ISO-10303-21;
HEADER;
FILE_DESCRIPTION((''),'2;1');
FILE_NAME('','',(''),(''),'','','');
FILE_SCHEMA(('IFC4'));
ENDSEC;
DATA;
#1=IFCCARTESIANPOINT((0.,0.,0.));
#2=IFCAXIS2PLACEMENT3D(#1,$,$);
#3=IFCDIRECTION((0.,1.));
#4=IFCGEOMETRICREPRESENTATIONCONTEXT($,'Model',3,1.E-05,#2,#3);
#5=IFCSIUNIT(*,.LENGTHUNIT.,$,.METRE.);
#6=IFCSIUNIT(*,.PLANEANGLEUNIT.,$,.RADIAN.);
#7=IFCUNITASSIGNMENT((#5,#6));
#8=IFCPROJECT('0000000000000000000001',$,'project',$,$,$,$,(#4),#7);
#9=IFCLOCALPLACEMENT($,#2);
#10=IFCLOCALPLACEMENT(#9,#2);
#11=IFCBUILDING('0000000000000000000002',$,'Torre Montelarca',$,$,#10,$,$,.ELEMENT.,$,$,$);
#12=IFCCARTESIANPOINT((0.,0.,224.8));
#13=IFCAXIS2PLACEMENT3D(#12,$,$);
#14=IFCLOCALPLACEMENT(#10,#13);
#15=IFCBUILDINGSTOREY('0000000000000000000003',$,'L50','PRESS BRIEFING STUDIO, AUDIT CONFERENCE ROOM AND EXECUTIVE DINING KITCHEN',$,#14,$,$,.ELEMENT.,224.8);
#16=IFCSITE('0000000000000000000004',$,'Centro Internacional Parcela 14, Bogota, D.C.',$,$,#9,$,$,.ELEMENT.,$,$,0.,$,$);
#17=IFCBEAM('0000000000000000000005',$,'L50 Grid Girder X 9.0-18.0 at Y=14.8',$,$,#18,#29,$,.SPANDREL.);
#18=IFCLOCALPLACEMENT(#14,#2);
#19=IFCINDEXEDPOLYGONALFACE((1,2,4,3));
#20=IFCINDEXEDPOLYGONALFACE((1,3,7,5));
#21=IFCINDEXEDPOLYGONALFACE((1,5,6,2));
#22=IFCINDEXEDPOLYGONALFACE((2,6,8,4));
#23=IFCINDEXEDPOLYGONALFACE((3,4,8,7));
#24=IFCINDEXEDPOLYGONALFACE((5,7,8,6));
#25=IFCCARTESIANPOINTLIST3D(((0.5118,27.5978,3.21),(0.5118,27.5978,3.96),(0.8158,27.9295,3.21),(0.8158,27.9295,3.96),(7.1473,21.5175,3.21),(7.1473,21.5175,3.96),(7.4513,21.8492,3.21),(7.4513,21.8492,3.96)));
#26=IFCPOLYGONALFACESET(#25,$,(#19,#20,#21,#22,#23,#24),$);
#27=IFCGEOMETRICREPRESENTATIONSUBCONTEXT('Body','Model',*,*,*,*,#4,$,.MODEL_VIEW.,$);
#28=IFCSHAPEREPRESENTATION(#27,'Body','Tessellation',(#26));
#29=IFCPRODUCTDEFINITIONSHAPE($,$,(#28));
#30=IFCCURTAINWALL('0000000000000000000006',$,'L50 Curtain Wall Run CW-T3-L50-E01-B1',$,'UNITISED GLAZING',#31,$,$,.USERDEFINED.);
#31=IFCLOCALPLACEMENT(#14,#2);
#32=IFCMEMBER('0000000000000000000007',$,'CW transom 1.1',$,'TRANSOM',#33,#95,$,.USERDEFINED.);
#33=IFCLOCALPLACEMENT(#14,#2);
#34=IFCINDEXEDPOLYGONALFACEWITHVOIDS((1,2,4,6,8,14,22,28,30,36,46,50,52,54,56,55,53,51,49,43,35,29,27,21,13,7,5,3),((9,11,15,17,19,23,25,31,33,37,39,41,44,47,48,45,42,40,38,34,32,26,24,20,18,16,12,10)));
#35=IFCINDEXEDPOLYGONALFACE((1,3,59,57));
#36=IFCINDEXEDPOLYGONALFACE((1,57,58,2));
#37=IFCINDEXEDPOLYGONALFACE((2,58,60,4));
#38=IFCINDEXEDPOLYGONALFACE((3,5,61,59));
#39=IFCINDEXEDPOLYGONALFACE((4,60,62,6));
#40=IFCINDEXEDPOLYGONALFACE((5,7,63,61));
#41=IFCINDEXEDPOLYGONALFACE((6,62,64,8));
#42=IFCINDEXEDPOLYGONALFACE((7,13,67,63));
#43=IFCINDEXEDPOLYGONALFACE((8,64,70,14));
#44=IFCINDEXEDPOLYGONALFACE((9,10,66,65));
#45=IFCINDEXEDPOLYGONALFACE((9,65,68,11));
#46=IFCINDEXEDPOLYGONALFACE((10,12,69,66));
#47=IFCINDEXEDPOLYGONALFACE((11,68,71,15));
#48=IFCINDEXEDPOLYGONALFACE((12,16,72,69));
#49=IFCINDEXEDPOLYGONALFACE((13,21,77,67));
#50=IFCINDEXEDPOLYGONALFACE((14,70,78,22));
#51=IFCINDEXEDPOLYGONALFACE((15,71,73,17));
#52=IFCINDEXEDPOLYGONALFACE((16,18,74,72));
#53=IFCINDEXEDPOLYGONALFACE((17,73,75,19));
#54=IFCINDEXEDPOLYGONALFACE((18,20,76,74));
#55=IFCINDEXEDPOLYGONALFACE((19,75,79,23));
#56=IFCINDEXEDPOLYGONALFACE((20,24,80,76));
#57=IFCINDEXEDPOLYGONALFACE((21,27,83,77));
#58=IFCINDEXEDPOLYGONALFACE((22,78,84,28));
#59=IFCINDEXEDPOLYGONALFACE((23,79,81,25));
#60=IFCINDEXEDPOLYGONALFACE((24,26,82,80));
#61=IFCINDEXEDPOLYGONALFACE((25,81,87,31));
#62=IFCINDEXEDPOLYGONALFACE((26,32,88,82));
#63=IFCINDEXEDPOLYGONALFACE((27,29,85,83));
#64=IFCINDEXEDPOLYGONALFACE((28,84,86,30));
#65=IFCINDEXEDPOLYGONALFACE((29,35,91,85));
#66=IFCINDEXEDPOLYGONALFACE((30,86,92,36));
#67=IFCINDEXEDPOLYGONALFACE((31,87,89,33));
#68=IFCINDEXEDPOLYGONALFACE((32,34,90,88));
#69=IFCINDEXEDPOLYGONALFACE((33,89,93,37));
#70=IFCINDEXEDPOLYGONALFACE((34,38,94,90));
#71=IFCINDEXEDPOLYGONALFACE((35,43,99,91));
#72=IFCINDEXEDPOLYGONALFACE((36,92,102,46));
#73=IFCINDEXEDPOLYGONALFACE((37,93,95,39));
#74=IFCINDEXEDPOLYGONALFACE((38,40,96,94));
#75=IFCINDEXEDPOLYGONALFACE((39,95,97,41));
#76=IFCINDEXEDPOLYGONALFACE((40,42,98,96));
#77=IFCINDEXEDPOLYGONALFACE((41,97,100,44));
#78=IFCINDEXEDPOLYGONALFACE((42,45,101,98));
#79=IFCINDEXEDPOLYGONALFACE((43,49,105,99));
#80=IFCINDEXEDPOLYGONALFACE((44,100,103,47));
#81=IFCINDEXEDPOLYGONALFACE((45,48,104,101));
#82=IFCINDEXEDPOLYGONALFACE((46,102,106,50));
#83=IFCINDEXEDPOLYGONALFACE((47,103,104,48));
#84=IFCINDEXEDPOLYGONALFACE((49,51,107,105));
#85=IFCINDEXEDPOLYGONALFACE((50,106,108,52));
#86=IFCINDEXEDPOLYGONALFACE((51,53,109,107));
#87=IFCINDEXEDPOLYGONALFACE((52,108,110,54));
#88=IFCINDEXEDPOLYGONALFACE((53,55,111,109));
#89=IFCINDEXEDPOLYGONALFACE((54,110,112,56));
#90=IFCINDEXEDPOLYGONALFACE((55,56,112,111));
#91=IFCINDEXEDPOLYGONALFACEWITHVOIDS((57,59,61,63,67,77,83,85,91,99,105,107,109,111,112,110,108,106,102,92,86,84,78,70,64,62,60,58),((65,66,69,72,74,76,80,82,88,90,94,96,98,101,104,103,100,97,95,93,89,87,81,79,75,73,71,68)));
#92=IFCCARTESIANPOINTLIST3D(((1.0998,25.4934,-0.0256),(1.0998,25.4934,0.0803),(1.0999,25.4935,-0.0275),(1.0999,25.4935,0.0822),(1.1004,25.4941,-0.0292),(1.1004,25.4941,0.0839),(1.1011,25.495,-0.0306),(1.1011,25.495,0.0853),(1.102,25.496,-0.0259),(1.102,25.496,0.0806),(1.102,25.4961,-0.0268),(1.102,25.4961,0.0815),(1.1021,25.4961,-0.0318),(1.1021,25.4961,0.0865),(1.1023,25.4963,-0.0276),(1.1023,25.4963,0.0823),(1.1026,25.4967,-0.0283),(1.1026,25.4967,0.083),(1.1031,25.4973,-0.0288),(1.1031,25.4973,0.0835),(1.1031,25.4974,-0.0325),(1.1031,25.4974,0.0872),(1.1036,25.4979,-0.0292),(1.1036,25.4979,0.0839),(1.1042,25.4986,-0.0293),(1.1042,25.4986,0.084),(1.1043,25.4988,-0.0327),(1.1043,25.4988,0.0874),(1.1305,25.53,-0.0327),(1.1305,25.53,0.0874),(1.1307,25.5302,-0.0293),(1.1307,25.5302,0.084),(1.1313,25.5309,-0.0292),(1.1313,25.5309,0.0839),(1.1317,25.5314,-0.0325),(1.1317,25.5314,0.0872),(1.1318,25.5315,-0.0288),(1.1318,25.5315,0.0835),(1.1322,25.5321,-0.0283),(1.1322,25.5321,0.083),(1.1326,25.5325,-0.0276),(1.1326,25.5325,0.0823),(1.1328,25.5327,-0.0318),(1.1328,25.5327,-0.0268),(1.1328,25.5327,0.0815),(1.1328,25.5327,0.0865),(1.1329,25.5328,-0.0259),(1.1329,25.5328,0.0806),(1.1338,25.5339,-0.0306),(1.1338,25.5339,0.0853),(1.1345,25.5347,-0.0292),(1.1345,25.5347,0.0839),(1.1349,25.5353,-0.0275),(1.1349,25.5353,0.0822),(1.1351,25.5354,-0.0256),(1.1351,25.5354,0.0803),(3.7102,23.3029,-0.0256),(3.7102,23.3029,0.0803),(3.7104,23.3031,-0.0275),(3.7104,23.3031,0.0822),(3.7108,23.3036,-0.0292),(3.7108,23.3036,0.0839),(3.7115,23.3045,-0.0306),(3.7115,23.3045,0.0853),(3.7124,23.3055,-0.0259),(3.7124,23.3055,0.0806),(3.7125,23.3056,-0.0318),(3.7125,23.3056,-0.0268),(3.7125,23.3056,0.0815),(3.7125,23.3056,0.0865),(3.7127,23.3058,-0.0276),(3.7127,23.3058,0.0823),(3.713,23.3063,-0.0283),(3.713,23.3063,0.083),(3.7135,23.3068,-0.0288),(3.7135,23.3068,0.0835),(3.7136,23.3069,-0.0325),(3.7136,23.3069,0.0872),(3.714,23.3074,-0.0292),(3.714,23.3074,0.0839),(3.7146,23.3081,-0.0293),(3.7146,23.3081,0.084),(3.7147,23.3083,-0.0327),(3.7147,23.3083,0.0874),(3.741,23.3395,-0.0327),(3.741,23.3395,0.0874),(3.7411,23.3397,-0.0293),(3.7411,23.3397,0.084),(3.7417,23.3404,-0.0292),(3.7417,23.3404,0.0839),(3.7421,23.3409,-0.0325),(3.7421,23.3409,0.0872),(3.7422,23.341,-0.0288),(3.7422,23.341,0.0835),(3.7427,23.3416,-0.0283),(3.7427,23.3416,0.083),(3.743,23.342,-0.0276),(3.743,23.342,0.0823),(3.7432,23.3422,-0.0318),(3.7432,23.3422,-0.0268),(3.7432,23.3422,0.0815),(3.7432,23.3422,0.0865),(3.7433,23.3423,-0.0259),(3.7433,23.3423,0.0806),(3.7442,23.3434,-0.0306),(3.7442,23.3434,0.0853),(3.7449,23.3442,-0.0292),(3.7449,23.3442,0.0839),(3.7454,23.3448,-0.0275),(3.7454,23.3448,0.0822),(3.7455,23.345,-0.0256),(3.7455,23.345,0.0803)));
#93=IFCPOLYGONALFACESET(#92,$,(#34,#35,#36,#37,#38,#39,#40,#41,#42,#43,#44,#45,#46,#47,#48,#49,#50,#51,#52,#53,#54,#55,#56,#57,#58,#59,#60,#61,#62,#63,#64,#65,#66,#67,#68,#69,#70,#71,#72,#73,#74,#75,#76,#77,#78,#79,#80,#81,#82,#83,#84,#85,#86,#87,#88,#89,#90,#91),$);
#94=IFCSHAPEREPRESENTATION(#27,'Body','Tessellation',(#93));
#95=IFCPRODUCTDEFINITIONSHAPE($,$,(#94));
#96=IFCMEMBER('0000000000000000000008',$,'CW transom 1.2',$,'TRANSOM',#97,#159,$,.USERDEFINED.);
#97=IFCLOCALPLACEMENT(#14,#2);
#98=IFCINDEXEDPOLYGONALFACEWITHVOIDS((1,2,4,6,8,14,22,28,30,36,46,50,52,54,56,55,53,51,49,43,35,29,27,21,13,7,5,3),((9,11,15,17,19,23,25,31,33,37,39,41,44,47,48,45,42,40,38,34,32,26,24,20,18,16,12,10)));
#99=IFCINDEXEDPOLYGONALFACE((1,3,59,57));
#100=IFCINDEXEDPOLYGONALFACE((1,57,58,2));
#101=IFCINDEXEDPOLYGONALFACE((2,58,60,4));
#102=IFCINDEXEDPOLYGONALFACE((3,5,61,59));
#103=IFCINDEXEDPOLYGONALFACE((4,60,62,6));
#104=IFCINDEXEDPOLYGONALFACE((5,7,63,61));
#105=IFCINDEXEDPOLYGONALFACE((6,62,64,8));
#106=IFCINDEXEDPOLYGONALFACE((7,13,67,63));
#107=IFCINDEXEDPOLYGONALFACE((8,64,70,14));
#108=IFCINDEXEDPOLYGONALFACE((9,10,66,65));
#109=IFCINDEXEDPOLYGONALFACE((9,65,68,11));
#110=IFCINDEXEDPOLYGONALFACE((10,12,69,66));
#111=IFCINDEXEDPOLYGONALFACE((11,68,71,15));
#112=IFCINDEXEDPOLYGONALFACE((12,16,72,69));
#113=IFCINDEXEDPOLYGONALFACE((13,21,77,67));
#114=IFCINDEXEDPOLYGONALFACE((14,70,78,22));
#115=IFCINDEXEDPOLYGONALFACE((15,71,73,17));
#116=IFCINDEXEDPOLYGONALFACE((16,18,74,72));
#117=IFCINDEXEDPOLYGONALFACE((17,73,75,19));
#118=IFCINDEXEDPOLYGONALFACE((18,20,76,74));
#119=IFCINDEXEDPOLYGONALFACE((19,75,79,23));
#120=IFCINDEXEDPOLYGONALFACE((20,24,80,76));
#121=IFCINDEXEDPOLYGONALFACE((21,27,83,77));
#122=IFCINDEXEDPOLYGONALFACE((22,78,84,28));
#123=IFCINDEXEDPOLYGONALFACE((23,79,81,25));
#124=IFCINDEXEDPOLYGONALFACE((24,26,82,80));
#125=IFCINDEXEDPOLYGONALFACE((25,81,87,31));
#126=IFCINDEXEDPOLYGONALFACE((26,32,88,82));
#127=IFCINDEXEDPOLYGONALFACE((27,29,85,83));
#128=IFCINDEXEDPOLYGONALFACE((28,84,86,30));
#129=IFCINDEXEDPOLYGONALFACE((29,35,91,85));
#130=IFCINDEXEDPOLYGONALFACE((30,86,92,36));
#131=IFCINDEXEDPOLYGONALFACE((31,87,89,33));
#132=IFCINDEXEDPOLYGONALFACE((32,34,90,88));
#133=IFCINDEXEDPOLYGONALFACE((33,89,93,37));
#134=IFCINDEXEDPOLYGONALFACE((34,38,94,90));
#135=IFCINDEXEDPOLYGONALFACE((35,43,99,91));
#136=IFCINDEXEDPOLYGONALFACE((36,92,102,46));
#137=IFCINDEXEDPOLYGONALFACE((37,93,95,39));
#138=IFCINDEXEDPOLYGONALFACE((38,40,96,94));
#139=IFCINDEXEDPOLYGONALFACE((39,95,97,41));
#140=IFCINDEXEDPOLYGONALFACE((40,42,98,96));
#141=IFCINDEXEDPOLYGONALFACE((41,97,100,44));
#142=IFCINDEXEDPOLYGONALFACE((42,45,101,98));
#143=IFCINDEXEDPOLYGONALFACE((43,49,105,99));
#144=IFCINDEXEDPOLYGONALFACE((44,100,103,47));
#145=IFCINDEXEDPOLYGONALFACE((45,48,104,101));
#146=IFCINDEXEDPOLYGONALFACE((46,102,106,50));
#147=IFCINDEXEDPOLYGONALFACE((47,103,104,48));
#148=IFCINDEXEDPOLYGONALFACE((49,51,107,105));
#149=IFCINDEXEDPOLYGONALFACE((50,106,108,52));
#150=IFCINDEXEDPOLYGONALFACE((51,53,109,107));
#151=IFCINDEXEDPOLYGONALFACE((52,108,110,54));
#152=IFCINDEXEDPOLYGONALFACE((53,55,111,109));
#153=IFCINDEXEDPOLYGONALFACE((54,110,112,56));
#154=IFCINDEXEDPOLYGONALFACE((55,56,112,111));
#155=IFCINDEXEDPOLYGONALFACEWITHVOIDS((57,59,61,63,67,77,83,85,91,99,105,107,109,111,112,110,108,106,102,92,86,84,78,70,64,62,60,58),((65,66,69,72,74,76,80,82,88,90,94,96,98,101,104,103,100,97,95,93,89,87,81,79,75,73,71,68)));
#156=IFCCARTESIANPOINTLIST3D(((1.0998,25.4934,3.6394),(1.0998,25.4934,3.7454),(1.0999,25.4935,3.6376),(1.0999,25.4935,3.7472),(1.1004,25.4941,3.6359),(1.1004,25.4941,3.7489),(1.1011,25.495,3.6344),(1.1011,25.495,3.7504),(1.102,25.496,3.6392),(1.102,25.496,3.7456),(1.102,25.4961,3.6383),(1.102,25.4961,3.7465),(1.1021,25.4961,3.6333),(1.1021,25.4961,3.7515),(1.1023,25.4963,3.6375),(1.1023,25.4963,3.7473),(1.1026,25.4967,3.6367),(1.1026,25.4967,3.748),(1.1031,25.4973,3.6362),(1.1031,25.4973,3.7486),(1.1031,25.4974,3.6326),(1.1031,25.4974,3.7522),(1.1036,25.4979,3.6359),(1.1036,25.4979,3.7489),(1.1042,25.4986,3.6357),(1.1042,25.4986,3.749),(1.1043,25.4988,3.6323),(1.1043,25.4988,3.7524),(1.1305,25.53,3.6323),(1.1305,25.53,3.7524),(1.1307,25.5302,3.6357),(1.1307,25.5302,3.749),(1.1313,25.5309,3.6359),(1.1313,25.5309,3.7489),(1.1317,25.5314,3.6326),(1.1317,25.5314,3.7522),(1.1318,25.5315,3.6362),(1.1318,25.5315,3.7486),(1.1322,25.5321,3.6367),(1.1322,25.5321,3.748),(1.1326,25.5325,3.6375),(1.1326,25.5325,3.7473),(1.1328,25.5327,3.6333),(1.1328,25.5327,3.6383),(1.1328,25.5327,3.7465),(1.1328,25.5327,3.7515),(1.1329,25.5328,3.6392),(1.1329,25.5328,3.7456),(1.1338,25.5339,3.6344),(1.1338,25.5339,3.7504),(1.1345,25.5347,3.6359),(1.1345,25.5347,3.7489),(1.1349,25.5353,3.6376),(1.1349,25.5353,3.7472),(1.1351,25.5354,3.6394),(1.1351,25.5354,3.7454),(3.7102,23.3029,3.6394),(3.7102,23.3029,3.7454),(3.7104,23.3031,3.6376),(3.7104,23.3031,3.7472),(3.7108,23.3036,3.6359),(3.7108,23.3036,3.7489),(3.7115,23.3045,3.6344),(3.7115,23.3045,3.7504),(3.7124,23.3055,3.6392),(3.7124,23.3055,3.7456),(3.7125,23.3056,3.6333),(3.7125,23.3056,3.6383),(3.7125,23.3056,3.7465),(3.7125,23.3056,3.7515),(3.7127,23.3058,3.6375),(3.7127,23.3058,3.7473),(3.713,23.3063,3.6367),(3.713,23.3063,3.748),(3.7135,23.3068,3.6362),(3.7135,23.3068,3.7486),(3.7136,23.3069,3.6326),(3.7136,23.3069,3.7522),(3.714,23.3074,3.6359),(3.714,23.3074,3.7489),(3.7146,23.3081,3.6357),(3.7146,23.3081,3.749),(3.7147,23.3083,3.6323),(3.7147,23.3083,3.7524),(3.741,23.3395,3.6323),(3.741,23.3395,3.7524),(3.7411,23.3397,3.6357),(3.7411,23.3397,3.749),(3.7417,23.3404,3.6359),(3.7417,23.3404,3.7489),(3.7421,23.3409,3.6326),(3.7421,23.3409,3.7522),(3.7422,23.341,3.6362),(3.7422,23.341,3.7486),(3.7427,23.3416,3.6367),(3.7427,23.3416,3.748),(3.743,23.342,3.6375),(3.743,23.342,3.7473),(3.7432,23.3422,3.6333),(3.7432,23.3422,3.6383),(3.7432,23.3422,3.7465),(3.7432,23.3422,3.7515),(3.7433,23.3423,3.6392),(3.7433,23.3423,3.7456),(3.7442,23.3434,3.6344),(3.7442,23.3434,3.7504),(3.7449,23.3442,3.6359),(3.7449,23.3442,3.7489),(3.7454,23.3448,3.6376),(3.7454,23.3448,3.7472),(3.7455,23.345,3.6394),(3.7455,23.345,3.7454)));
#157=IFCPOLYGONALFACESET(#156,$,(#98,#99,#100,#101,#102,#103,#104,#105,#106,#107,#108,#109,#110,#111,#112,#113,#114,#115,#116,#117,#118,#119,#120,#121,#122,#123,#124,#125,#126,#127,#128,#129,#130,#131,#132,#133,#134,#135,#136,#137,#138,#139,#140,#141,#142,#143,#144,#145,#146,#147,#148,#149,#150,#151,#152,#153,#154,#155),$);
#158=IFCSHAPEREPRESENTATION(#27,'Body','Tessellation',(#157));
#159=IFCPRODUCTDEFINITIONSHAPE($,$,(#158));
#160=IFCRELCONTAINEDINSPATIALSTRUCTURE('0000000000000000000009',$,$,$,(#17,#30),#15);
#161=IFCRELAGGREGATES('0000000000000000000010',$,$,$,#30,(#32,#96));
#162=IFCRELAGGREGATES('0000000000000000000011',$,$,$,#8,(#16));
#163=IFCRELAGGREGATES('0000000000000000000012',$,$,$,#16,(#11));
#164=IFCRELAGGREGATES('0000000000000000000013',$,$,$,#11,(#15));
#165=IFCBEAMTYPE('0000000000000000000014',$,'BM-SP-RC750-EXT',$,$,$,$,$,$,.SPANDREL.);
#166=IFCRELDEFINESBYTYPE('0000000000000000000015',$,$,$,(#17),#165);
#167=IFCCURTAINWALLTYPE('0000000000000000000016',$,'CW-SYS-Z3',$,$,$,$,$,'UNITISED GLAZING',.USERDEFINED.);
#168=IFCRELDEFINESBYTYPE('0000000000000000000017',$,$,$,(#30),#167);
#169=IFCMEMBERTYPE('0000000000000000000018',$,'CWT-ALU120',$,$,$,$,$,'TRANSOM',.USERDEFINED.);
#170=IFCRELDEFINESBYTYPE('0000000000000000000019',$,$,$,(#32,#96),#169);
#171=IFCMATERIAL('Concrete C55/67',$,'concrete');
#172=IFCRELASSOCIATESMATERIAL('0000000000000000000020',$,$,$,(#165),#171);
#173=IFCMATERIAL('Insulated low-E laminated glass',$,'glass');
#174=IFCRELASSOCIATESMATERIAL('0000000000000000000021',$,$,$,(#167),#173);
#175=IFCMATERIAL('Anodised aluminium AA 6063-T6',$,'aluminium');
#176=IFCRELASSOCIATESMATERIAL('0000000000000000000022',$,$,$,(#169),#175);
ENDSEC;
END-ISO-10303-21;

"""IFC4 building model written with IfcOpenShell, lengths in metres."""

from ifc_helpers import new_model, si_unit, direction, frame, origin, origin_2d, place, context, subcontext, project, spatial, rectangle, hollow_rectangle, extrude, source, transform, mapped, material, material_profile, profile_set, type_object, element, aggregate, save


model = new_model("IFC4")

# Units and contexts
model_context = context("Model", 3, precision=1e-05, world=origin(), true_north=direction((0.0, 1.0)))
body_context = subcontext(model_context, "Body", "Model", "MODEL_VIEW")
ifc_project = project(units=[si_unit("LENGTHUNIT", "METRE"), si_unit("PLANEANGLEUNIT", "RADIAN")], contexts=[model_context])

# Site, building, storey
site_placement = place(None, origin())
site = spatial("IfcSite", under=ifc_project, at=site_placement, Name="Centro Internacional Parcela 14, Bogota, D.C.", CompositionType="ELEMENT", RefElevation=0.0)
building_placement = place(site_placement, origin())
building = spatial("IfcBuilding", under=site, at=building_placement, Name="Torre Montelarca", CompositionType="ELEMENT")
storey_placement = place(building_placement, frame((0.0, 0.0, 224.8)))
storey = spatial("IfcBuildingStorey", under=building, at=storey_placement, Name="L50", Description="PRESS BRIEFING STUDIO, AUDIT CONFERENCE ROOM AND EXECUTIVE DINING KITCHEN", CompositionType="ELEMENT", Elevation=224.8)

# Shared definitions
ifc_material_1 = material(Name="Concrete C55/67", Category="concrete")

# Beam
ifc_material_profile_1 = material_profile(ifc_material_1, rectangle(XDim=0.45, YDim=0.75, at=origin_2d()), Name="RCB450X750", Category="concrete")
ifc_profile_set_1 = profile_set([ifc_material_profile_1], Name="Concrete C55/67")
beam_type = type_object("IfcBeamType", Name="BM-SP-RC750-EXT", PredefinedType="SPANDREL", material=ifc_profile_set_1)
shared_shape_1 = source(origin(), body_context, "Body", "SweptSolid", [
    extrude(rectangle(XDim=0.45, YDim=0.75, at=origin_2d()), origin(), (0.0, 0.0, 1.0), 9.0),
])
beam_placement = place(storey_placement, frame((0.6638, 27.7637, 3.585), z_axis=(0.737277, -0.675591, 0.0), x_axis=(0.675591, 0.737277, 0.0)))
element("IfcBeam", 1, at=beam_placement, inside=storey, type_object=beam_type, Name="L50 Grid Girder X 9.0-18.0 at Y=14.8", PredefinedType="SPANDREL", context=body_context, shape_type="MappedRepresentation", body=[
    mapped(shared_shape_1, transform((0.0, 0.0, 0.0), scale=1.0)),
])

# Curtain wall, members
ifc_material_2 = material(Name="Insulated low-E laminated glass", Category="glass")
curtain_wall_type = type_object("IfcCurtainWallType", Name="CW-SYS-Z3", ElementType="UNITISED GLAZING", PredefinedType="USERDEFINED", material=ifc_material_2)
curtain_wall_1_placement = place(storey_placement, origin())
curtain_wall_1 = element("IfcCurtainWall", 2, at=curtain_wall_1_placement, inside=storey, type_object=curtain_wall_type, Name="L50 Curtain Wall Run CW-T3-L50-E01-B1", ObjectType="UNITISED GLAZING", PredefinedType="USERDEFINED")
ifc_material_3 = material(Name="Anodised aluminium AA 6063-T6", Category="aluminium")
ifc_material_profile_2 = material_profile(ifc_material_3, hollow_rectangle(XDim=0.0549, YDim=0.1201, WallThickness=0.0034, InnerFilletRadius=0.0034, OuterFilletRadius=0.0071, at=origin_2d()), Name="ALU55X120X3.5", Category="aluminium")
ifc_profile_set_2 = profile_set([ifc_material_profile_2], Name="Anodised aluminium AA 6063-T6")
member_type_1 = type_object("IfcMemberType", Name="CWT-ALU120", ElementType="TRANSOM", PredefinedType="USERDEFINED", material=ifc_profile_set_2)
shared_shape_2 = source(origin(), body_context, "Body", "SweptSolid", [
    extrude(hollow_rectangle(XDim=0.0549, YDim=0.1201, WallThickness=0.0034, InnerFilletRadius=0.0034, OuterFilletRadius=0.0071, at=origin_2d()), origin(), (0.0, 0.0, 1.0), 3.4077),
])
member_1_placement = place(storey_placement, frame((1.1174, 25.5144, 0.0273), z_axis=(0.766032, -0.642802, 0.0), x_axis=(0.642802, 0.766032, 0.0)))
member_1 = element("IfcMember", 3, at=member_1_placement, type_object=member_type_1, Name="CW transom 1.1", ObjectType="TRANSOM", PredefinedType="USERDEFINED", context=body_context, shape_type="MappedRepresentation", body=[
    mapped(shared_shape_2, transform((0.0, 0.0, 0.0), scale=1.0)),
])
member_2_placement = place(storey_placement, frame((1.1174, 25.5144, 3.6924), z_axis=(0.766032, -0.642802, 0.0), x_axis=(0.642802, 0.766032, 0.0)))
member_2 = element("IfcMember", 4, at=member_2_placement, type_object=member_type_1, Name="CW transom 1.2", ObjectType="TRANSOM", PredefinedType="USERDEFINED", context=body_context, shape_type="MappedRepresentation", body=[
    mapped(shared_shape_2, transform((0.0, 0.0, 0.0), scale=1.0)),
])

aggregate(curtain_wall_1, [member_1, member_2])

save(model, "model.ifc")
